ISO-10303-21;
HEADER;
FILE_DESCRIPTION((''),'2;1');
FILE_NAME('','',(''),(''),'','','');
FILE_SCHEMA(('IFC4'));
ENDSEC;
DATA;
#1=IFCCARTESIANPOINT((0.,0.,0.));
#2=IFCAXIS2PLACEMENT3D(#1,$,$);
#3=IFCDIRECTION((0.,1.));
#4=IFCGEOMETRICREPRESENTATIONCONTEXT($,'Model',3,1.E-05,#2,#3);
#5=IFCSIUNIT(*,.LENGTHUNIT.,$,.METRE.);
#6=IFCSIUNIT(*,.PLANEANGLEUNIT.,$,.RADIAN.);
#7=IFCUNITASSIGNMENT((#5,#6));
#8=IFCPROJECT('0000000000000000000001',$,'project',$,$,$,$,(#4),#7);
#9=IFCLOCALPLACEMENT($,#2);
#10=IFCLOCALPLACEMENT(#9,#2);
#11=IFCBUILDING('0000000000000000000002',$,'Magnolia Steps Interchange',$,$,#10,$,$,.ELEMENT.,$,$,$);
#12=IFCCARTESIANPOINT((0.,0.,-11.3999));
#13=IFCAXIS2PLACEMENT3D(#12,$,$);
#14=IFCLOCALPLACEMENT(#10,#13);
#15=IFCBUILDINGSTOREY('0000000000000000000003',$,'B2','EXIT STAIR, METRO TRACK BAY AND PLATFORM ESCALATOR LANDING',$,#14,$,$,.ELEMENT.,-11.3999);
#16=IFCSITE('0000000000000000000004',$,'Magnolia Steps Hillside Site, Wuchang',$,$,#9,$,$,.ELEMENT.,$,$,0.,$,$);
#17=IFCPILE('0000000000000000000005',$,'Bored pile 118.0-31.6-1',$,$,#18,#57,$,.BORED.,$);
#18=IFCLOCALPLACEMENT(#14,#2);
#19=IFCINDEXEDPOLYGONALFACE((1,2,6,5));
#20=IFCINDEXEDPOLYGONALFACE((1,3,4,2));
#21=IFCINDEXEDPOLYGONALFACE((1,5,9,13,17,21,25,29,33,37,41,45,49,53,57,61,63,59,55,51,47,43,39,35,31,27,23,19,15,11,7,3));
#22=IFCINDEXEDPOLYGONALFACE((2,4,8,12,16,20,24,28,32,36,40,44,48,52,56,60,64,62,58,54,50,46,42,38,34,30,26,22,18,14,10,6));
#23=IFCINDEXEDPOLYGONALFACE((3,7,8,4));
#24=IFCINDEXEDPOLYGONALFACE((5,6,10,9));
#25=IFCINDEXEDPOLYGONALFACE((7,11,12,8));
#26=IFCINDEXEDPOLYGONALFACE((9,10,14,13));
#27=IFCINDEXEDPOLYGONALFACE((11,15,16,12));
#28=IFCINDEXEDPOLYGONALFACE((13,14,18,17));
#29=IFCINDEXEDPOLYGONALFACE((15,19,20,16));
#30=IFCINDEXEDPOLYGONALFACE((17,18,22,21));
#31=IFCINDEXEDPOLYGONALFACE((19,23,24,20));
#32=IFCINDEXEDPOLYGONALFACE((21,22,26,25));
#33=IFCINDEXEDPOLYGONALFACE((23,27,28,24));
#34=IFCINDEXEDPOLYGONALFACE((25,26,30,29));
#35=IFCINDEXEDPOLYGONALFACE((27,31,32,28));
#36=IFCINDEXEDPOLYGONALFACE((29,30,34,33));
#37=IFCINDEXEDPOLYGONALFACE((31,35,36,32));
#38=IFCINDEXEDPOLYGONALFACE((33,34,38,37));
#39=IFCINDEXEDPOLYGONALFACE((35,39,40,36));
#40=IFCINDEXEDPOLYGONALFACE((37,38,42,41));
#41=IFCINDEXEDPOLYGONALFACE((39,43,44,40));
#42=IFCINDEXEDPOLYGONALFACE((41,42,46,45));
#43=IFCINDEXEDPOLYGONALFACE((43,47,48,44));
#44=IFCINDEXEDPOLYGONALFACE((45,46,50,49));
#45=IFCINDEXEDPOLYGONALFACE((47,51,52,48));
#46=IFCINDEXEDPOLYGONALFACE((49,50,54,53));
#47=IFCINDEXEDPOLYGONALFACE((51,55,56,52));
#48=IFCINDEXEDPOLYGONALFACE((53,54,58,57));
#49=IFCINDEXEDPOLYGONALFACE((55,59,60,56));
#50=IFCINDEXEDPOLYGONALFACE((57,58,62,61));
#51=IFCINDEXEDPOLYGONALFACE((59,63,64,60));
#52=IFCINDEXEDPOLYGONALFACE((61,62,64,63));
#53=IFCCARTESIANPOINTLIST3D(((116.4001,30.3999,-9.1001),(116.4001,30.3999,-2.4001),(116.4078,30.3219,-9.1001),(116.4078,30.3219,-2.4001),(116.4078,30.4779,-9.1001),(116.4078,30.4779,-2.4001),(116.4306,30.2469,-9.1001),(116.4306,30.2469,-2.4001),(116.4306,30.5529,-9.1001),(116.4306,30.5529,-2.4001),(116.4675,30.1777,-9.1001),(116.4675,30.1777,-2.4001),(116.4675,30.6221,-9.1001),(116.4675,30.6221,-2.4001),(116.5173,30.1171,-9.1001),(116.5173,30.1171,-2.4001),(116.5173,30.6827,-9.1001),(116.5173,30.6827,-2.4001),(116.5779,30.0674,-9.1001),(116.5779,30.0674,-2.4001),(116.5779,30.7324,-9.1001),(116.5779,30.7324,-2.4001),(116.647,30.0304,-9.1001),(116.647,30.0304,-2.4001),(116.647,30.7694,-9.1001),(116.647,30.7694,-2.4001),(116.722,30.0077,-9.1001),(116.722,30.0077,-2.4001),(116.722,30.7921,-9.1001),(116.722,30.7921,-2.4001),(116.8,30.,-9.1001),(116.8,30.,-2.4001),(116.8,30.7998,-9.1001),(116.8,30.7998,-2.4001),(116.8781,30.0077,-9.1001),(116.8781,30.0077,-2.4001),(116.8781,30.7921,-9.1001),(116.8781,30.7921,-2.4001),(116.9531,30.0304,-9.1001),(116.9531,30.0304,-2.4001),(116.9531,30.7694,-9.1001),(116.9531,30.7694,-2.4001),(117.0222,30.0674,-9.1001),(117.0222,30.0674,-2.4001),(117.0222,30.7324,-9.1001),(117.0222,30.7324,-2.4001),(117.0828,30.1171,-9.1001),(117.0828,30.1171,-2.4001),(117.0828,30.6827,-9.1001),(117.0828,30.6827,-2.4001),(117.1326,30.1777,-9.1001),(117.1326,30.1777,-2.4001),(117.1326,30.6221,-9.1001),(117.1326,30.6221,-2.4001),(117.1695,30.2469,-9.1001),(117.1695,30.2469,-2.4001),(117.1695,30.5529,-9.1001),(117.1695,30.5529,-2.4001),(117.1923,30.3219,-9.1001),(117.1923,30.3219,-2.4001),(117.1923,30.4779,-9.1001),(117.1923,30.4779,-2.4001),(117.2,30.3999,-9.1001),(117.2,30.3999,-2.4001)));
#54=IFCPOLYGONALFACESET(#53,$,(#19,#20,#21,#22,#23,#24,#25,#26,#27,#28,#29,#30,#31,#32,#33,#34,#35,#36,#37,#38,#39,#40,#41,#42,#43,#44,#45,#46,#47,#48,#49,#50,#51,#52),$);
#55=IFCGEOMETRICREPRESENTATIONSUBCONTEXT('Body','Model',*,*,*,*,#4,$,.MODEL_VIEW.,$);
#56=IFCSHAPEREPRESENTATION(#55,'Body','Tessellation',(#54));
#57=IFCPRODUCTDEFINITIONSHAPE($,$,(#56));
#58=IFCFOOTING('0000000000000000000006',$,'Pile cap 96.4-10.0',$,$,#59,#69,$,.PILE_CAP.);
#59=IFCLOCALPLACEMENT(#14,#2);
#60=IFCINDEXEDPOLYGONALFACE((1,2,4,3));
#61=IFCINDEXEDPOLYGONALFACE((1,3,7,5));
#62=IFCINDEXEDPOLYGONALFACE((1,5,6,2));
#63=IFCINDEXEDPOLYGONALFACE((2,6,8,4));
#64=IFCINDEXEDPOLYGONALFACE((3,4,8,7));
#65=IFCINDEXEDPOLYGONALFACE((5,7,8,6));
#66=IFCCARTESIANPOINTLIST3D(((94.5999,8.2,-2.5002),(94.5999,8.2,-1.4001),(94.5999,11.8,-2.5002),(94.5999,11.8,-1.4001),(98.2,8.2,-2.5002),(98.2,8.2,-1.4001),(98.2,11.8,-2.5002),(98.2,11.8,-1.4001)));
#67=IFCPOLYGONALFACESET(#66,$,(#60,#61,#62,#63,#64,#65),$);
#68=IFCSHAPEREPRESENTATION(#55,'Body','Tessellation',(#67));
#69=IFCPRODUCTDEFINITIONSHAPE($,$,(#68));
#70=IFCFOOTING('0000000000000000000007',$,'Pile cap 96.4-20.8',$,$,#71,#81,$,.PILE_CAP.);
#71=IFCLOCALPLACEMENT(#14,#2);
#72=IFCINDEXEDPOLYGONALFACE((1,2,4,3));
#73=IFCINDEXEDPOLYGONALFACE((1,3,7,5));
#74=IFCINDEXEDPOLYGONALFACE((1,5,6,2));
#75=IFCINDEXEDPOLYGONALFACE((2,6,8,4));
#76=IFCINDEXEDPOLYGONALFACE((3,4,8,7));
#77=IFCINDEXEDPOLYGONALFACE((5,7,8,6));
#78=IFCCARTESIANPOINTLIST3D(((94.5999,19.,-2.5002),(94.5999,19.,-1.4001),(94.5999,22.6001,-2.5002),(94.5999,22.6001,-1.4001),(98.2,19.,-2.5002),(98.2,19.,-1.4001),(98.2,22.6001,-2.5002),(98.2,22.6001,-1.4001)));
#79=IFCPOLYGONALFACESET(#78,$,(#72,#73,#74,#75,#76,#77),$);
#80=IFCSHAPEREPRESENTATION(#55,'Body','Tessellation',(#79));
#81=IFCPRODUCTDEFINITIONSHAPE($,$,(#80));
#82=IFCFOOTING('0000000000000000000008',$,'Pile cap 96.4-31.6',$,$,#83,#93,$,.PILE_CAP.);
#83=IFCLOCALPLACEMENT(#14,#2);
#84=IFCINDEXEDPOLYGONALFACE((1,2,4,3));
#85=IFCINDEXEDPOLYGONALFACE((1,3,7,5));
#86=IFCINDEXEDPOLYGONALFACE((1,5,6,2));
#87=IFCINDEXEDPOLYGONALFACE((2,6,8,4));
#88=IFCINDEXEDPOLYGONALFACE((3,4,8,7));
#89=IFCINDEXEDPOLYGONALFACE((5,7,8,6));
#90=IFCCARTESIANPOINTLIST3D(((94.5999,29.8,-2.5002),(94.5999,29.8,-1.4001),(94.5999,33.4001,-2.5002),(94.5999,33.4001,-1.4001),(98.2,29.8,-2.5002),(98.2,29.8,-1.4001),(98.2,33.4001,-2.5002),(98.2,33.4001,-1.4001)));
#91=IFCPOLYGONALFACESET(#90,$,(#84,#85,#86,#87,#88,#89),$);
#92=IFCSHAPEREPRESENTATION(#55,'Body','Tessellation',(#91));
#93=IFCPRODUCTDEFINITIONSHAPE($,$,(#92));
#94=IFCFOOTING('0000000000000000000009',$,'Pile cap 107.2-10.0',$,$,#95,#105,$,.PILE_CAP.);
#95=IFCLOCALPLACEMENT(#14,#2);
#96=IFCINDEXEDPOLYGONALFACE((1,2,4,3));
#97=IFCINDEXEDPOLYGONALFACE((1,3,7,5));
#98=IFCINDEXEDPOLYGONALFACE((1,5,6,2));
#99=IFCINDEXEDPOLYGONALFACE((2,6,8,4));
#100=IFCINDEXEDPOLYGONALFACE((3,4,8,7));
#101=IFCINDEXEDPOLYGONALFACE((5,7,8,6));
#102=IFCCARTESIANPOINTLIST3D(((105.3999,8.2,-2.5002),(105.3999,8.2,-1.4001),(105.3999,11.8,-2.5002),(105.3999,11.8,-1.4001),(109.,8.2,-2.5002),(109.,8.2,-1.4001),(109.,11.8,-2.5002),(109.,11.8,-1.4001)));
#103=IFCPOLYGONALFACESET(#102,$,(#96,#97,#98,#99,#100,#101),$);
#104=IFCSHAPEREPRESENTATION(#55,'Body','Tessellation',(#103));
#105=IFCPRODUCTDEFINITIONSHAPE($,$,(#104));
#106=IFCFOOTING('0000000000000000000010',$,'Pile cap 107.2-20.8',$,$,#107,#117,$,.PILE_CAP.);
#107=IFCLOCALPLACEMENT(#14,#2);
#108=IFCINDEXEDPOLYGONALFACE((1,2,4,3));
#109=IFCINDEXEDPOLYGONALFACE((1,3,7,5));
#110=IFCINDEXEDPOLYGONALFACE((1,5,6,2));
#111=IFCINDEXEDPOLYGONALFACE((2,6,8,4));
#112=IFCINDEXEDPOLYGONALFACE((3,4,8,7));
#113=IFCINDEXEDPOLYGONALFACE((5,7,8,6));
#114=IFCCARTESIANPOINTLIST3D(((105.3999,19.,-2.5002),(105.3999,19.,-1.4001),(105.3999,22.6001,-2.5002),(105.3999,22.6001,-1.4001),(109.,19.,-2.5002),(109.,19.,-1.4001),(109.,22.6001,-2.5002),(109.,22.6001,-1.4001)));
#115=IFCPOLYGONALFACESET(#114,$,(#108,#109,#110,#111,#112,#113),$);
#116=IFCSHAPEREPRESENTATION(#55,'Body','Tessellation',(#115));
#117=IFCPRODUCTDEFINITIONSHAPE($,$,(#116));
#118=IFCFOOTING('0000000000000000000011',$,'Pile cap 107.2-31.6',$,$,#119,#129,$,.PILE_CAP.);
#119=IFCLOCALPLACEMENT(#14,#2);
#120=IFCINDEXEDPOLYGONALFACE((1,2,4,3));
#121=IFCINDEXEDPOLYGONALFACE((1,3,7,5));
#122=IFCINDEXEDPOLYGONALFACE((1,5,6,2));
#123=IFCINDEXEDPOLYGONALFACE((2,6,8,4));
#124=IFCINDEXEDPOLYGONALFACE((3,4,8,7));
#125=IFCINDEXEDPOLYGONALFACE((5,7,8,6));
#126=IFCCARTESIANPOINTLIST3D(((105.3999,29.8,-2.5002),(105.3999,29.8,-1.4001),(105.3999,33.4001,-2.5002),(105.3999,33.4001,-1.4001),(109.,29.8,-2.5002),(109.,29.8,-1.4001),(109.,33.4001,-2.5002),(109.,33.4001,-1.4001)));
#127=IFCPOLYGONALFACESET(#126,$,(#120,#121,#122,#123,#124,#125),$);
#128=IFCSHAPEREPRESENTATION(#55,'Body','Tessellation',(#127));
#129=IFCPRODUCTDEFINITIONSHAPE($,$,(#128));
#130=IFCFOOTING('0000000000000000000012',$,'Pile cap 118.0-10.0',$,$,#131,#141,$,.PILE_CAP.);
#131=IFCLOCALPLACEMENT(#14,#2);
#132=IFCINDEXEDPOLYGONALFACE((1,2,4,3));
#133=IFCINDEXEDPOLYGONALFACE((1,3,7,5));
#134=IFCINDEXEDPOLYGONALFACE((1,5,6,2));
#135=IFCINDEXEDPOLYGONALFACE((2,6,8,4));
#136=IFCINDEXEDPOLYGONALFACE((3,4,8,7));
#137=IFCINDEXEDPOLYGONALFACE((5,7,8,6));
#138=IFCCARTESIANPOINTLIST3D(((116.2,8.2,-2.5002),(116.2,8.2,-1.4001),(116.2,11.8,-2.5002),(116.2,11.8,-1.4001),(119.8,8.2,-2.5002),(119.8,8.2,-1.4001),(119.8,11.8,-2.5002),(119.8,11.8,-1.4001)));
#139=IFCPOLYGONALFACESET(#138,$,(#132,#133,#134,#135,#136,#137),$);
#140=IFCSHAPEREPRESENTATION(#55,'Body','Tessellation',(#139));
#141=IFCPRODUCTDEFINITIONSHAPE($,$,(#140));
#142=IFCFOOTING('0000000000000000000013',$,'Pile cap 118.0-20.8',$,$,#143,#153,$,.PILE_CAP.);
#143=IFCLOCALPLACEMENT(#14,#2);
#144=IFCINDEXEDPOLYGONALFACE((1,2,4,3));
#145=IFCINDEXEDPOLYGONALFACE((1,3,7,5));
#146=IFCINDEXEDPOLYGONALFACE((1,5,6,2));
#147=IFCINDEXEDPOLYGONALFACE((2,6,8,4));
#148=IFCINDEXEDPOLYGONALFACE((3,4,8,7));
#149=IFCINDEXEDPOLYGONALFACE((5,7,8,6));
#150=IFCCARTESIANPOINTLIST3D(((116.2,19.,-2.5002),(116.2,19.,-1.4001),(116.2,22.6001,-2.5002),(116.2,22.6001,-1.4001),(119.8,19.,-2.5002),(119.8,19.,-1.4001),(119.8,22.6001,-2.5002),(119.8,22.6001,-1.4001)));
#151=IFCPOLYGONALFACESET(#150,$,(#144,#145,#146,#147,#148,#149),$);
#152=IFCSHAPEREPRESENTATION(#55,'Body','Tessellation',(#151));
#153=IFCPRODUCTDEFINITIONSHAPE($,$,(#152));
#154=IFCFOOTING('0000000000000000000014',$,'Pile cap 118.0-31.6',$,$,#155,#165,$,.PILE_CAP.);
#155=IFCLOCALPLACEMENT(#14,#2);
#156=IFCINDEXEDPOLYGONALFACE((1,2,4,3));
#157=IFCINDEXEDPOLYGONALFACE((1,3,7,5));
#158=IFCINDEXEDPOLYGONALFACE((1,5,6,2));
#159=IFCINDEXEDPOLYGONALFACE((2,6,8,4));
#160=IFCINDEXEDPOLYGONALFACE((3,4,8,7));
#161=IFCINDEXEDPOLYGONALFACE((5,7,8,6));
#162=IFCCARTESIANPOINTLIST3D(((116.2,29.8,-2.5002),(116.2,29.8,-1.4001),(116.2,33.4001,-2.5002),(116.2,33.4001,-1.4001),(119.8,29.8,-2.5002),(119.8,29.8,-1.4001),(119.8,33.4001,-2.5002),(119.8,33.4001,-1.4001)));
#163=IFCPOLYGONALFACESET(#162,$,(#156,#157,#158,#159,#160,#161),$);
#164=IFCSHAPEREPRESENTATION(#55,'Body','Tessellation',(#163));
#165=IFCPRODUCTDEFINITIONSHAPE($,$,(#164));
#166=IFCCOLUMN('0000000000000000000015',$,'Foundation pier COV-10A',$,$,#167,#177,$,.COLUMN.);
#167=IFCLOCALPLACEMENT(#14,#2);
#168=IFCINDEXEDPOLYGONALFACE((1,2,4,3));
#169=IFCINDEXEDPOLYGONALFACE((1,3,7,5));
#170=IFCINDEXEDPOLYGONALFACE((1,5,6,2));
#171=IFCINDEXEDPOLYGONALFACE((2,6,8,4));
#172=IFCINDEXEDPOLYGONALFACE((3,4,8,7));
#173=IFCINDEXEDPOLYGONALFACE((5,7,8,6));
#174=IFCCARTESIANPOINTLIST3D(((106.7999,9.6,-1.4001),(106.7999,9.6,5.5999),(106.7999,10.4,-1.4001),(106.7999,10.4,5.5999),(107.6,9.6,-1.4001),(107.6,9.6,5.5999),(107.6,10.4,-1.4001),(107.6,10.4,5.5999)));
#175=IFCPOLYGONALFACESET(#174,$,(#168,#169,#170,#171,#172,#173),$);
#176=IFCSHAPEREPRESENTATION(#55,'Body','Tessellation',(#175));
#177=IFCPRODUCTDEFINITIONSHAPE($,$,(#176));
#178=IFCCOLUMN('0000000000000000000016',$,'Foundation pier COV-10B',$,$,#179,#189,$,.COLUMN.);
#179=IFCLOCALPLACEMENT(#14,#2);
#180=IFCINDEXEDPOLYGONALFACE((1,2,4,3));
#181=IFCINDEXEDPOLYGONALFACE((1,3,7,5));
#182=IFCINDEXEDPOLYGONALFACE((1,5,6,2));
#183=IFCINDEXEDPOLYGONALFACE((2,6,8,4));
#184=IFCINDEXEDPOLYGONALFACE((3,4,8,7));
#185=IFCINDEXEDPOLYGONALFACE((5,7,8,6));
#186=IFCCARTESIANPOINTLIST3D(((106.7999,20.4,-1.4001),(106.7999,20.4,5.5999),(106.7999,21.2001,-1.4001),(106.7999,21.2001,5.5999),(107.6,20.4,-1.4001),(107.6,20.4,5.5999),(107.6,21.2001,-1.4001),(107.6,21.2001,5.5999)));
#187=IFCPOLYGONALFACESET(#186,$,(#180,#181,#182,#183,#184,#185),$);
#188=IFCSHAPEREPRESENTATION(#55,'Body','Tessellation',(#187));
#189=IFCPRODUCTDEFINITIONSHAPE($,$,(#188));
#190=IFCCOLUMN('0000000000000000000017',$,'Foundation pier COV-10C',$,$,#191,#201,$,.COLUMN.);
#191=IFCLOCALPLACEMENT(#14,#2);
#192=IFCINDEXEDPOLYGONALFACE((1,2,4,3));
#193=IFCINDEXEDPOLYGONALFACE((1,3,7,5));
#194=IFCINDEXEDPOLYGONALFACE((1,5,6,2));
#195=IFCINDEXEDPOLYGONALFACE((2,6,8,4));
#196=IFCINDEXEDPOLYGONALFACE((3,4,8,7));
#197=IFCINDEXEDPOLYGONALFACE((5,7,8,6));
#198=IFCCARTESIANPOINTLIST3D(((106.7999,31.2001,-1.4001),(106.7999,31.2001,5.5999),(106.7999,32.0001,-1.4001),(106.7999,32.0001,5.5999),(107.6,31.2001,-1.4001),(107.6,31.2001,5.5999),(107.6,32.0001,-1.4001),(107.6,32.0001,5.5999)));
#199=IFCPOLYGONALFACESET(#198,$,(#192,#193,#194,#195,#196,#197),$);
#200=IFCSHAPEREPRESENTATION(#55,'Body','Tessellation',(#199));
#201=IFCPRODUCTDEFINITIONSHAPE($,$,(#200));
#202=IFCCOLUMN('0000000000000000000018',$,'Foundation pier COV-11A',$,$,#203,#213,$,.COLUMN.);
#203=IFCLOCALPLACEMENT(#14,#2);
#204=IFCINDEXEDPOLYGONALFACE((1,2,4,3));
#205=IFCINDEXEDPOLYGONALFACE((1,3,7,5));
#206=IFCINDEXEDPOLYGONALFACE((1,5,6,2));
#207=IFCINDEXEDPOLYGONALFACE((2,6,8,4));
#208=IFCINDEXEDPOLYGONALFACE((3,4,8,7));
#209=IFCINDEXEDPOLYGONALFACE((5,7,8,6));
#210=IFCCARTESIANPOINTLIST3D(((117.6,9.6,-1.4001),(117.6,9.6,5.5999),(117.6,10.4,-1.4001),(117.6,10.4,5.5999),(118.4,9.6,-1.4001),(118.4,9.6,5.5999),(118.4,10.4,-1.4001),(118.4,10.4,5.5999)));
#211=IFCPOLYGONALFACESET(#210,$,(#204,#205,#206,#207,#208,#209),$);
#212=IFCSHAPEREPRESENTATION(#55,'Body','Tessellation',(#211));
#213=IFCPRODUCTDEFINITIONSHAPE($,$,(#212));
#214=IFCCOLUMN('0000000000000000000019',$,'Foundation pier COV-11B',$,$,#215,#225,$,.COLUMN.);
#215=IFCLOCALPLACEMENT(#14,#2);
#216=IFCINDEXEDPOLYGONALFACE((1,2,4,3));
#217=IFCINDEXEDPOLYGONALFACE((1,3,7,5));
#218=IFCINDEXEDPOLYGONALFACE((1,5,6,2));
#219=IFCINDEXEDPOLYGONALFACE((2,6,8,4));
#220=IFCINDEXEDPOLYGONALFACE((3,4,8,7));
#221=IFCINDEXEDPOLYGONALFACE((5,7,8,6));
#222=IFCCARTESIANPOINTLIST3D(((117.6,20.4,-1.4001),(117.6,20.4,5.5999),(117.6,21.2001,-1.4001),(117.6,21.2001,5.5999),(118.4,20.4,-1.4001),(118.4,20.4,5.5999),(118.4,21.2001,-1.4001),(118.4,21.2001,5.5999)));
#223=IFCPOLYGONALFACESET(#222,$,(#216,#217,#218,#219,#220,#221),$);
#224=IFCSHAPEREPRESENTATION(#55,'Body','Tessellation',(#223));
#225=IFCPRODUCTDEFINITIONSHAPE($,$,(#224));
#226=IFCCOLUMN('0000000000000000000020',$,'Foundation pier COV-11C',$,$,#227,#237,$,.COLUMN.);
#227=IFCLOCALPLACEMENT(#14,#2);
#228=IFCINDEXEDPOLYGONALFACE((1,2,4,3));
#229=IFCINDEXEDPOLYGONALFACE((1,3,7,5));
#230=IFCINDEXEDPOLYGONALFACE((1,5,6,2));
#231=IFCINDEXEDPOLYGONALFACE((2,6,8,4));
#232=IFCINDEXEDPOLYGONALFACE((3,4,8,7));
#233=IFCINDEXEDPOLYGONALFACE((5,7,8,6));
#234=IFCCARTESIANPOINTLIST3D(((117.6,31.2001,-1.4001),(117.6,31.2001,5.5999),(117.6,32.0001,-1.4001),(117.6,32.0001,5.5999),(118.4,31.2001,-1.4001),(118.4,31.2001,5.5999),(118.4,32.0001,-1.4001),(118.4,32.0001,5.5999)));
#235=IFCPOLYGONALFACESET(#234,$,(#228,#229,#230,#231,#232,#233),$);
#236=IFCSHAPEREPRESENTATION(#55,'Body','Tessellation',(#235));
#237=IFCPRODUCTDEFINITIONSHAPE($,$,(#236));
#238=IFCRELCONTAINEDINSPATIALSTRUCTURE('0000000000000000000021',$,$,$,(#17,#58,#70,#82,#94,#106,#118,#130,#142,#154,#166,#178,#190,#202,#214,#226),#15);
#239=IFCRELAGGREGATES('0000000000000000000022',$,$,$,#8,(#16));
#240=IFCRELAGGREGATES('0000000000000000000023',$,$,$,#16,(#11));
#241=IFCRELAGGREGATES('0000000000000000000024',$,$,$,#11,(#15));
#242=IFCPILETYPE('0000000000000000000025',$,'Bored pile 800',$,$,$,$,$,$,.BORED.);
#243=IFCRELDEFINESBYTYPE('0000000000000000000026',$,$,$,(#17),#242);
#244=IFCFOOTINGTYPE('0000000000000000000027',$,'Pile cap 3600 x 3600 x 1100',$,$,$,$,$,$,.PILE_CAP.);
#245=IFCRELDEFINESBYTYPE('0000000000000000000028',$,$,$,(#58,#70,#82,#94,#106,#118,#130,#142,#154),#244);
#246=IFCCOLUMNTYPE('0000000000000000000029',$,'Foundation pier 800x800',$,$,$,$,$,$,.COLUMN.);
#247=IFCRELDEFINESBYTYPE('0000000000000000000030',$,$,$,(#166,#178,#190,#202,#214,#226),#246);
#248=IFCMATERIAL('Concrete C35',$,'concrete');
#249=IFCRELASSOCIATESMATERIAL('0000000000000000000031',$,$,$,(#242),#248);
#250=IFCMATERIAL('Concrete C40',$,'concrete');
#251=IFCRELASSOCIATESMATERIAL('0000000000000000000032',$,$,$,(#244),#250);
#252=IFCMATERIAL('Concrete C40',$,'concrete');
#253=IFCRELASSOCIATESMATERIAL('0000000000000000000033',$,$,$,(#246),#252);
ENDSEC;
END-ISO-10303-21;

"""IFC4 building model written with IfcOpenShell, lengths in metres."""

from ifc_helpers import new_model, si_unit, direction, frame, origin, origin_2d, place, context, subcontext, project, spatial, rectangle, circle, extrude, material, material_profile, profile_set, type_object, element, save


model = new_model("IFC4")

# Units and contexts
model_context = context("Model", 3, precision=1e-05, world=origin(), true_north=direction((0.0, 1.0)))
body_context = subcontext(model_context, "Body", "Model", "MODEL_VIEW")
ifc_project = project(units=[si_unit("LENGTHUNIT", "METRE"), si_unit("PLANEANGLEUNIT", "RADIAN")], contexts=[model_context])

# Site, building, storey
site_placement = place(None, origin())
site = spatial("IfcSite", under=ifc_project, at=site_placement, Name="Magnolia Steps Hillside Site, Wuchang", CompositionType="ELEMENT", RefElevation=0.0)
building_placement = place(site_placement, origin())
building = spatial("IfcBuilding", under=site, at=building_placement, Name="Magnolia Steps Interchange", CompositionType="ELEMENT")
storey_placement = place(building_placement, frame((0.0, 0.0, -11.3999)))
storey = spatial("IfcBuildingStorey", under=building, at=storey_placement, Name="B2", Description="EXIT STAIR, METRO TRACK BAY AND PLATFORM ESCALATOR LANDING", CompositionType="ELEMENT", Elevation=-11.3999)

# Pile
ifc_material_1 = material(Name="Concrete C35", Category="concrete")
ifc_material_profile_1 = material_profile(ifc_material_1, circle(Radius=0.3999, at=origin_2d()), Name="Bored pile 800")
ifc_profile_set_1 = profile_set([ifc_material_profile_1], Name="Concrete C35")
pile_type = type_object("IfcPileType", Name="Bored pile 800", PredefinedType="BORED", material=ifc_profile_set_1)
for number, where, z_axis, x_axis, name in (
    (1, (116.8, 30.3999, -2.4001), (0.0, 0.0, -1.0), (1.0, 0.0, 0.0), "Bored pile 118.0-31.6-1"),
):
    element("IfcPile", number, at=place(storey_placement, frame(where, z_axis=z_axis, x_axis=x_axis)), inside=storey, type_object=pile_type, Name=name, PredefinedType="BORED", context=body_context, shape_type="SweptSolid", body=[
        extrude(circle(Radius=0.3999, at=origin_2d()), origin(), (0.0, 0.0, 1.0), 6.7),
    ])

# Footings
ifc_material_2 = material(Name="Concrete C40", Category="concrete")
footing_type = type_object("IfcFootingType", Name="Pile cap 3600 x 3600 x 1100", PredefinedType="PILE_CAP", material=ifc_material_2)
for number, where, z_axis, x_axis, name in (
    (2, (96.3999, 10.0, -2.5002), (0.0, 0.0, 1.0), (1.0, 0.0, 0.0), "Pile cap 96.4-10.0"),
    (3, (96.3999, 20.8, -2.5002), (0.0, 0.0, 1.0), (1.0, 0.0, 0.0), "Pile cap 96.4-20.8"),
    (4, (96.3999, 31.6001, -2.5002), (0.0, 0.0, 1.0), (1.0, 0.0, 0.0), "Pile cap 96.4-31.6"),
    (5, (107.2, 10.0, -2.5002), (0.0, 0.0, 1.0), (1.0, 0.0, 0.0), "Pile cap 107.2-10.0"),
    (6, (107.2, 20.8, -2.5002), (0.0, 0.0, 1.0), (1.0, 0.0, 0.0), "Pile cap 107.2-20.8"),
    (7, (107.2, 31.6001, -2.5002), (0.0, 0.0, 1.0), (1.0, 0.0, 0.0), "Pile cap 107.2-31.6"),
    (8, (118.0, 10.0, -2.5002), (0.0, 0.0, 1.0), (1.0, 0.0, 0.0), "Pile cap 118.0-10.0"),
    (9, (118.0, 20.8, -2.5002), (0.0, 0.0, 1.0), (1.0, 0.0, 0.0), "Pile cap 118.0-20.8"),
    (10, (118.0, 31.6001, -2.5002), (0.0, 0.0, 1.0), (1.0, 0.0, 0.0), "Pile cap 118.0-31.6"),
):
    element("IfcFooting", number, at=place(storey_placement, frame(where, z_axis=z_axis, x_axis=x_axis)), inside=storey, type_object=footing_type, Name=name, PredefinedType="PILE_CAP", context=body_context, shape_type="SweptSolid", body=[
        extrude(rectangle(XDim=3.6001, YDim=3.6001, at=origin_2d()), origin(), (0.0, 0.0, 1.0), 1.1001),
    ])

# Columns
ifc_material_3 = material(Name="Concrete C40", Category="concrete")
ifc_material_profile_2 = material_profile(ifc_material_3, rectangle(XDim=0.8, YDim=0.8, at=origin_2d()), Name="RC800x800")
ifc_profile_set_2 = profile_set([ifc_material_profile_2], Name="Concrete C40")
column_type = type_object("IfcColumnType", Name="Foundation pier 800x800", PredefinedType="COLUMN", material=ifc_profile_set_2)
for number, where, z_axis, x_axis, name in (
    (11, (107.2, 10.0, -1.4001), (0.0, 0.0, 1.0), (1.0, 0.0, 0.0), "Foundation pier COV-10A"),
    (12, (107.2, 20.8, -1.4001), (0.0, 0.0, 1.0), (1.0, 0.0, 0.0), "Foundation pier COV-10B"),
    (13, (107.2, 31.6001, -1.4001), (0.0, 0.0, 1.0), (1.0, 0.0, 0.0), "Foundation pier COV-10C"),
    (14, (118.0, 10.0, -1.4001), (0.0, 0.0, 1.0), (1.0, 0.0, 0.0), "Foundation pier COV-11A"),
    (15, (118.0, 20.8, -1.4001), (0.0, 0.0, 1.0), (1.0, 0.0, 0.0), "Foundation pier COV-11B"),
    (16, (118.0, 31.6001, -1.4001), (0.0, 0.0, 1.0), (1.0, 0.0, 0.0), "Foundation pier COV-11C"),
):
    element("IfcColumn", number, at=place(storey_placement, frame(where, z_axis=z_axis, x_axis=x_axis)), inside=storey, type_object=column_type, Name=name, PredefinedType="COLUMN", context=body_context, shape_type="SweptSolid", body=[
        extrude(rectangle(XDim=0.8, YDim=0.8, at=origin_2d()), origin(), (0.0, 0.0, 1.0), 7.0),
    ])

save(model, "model.ifc")
